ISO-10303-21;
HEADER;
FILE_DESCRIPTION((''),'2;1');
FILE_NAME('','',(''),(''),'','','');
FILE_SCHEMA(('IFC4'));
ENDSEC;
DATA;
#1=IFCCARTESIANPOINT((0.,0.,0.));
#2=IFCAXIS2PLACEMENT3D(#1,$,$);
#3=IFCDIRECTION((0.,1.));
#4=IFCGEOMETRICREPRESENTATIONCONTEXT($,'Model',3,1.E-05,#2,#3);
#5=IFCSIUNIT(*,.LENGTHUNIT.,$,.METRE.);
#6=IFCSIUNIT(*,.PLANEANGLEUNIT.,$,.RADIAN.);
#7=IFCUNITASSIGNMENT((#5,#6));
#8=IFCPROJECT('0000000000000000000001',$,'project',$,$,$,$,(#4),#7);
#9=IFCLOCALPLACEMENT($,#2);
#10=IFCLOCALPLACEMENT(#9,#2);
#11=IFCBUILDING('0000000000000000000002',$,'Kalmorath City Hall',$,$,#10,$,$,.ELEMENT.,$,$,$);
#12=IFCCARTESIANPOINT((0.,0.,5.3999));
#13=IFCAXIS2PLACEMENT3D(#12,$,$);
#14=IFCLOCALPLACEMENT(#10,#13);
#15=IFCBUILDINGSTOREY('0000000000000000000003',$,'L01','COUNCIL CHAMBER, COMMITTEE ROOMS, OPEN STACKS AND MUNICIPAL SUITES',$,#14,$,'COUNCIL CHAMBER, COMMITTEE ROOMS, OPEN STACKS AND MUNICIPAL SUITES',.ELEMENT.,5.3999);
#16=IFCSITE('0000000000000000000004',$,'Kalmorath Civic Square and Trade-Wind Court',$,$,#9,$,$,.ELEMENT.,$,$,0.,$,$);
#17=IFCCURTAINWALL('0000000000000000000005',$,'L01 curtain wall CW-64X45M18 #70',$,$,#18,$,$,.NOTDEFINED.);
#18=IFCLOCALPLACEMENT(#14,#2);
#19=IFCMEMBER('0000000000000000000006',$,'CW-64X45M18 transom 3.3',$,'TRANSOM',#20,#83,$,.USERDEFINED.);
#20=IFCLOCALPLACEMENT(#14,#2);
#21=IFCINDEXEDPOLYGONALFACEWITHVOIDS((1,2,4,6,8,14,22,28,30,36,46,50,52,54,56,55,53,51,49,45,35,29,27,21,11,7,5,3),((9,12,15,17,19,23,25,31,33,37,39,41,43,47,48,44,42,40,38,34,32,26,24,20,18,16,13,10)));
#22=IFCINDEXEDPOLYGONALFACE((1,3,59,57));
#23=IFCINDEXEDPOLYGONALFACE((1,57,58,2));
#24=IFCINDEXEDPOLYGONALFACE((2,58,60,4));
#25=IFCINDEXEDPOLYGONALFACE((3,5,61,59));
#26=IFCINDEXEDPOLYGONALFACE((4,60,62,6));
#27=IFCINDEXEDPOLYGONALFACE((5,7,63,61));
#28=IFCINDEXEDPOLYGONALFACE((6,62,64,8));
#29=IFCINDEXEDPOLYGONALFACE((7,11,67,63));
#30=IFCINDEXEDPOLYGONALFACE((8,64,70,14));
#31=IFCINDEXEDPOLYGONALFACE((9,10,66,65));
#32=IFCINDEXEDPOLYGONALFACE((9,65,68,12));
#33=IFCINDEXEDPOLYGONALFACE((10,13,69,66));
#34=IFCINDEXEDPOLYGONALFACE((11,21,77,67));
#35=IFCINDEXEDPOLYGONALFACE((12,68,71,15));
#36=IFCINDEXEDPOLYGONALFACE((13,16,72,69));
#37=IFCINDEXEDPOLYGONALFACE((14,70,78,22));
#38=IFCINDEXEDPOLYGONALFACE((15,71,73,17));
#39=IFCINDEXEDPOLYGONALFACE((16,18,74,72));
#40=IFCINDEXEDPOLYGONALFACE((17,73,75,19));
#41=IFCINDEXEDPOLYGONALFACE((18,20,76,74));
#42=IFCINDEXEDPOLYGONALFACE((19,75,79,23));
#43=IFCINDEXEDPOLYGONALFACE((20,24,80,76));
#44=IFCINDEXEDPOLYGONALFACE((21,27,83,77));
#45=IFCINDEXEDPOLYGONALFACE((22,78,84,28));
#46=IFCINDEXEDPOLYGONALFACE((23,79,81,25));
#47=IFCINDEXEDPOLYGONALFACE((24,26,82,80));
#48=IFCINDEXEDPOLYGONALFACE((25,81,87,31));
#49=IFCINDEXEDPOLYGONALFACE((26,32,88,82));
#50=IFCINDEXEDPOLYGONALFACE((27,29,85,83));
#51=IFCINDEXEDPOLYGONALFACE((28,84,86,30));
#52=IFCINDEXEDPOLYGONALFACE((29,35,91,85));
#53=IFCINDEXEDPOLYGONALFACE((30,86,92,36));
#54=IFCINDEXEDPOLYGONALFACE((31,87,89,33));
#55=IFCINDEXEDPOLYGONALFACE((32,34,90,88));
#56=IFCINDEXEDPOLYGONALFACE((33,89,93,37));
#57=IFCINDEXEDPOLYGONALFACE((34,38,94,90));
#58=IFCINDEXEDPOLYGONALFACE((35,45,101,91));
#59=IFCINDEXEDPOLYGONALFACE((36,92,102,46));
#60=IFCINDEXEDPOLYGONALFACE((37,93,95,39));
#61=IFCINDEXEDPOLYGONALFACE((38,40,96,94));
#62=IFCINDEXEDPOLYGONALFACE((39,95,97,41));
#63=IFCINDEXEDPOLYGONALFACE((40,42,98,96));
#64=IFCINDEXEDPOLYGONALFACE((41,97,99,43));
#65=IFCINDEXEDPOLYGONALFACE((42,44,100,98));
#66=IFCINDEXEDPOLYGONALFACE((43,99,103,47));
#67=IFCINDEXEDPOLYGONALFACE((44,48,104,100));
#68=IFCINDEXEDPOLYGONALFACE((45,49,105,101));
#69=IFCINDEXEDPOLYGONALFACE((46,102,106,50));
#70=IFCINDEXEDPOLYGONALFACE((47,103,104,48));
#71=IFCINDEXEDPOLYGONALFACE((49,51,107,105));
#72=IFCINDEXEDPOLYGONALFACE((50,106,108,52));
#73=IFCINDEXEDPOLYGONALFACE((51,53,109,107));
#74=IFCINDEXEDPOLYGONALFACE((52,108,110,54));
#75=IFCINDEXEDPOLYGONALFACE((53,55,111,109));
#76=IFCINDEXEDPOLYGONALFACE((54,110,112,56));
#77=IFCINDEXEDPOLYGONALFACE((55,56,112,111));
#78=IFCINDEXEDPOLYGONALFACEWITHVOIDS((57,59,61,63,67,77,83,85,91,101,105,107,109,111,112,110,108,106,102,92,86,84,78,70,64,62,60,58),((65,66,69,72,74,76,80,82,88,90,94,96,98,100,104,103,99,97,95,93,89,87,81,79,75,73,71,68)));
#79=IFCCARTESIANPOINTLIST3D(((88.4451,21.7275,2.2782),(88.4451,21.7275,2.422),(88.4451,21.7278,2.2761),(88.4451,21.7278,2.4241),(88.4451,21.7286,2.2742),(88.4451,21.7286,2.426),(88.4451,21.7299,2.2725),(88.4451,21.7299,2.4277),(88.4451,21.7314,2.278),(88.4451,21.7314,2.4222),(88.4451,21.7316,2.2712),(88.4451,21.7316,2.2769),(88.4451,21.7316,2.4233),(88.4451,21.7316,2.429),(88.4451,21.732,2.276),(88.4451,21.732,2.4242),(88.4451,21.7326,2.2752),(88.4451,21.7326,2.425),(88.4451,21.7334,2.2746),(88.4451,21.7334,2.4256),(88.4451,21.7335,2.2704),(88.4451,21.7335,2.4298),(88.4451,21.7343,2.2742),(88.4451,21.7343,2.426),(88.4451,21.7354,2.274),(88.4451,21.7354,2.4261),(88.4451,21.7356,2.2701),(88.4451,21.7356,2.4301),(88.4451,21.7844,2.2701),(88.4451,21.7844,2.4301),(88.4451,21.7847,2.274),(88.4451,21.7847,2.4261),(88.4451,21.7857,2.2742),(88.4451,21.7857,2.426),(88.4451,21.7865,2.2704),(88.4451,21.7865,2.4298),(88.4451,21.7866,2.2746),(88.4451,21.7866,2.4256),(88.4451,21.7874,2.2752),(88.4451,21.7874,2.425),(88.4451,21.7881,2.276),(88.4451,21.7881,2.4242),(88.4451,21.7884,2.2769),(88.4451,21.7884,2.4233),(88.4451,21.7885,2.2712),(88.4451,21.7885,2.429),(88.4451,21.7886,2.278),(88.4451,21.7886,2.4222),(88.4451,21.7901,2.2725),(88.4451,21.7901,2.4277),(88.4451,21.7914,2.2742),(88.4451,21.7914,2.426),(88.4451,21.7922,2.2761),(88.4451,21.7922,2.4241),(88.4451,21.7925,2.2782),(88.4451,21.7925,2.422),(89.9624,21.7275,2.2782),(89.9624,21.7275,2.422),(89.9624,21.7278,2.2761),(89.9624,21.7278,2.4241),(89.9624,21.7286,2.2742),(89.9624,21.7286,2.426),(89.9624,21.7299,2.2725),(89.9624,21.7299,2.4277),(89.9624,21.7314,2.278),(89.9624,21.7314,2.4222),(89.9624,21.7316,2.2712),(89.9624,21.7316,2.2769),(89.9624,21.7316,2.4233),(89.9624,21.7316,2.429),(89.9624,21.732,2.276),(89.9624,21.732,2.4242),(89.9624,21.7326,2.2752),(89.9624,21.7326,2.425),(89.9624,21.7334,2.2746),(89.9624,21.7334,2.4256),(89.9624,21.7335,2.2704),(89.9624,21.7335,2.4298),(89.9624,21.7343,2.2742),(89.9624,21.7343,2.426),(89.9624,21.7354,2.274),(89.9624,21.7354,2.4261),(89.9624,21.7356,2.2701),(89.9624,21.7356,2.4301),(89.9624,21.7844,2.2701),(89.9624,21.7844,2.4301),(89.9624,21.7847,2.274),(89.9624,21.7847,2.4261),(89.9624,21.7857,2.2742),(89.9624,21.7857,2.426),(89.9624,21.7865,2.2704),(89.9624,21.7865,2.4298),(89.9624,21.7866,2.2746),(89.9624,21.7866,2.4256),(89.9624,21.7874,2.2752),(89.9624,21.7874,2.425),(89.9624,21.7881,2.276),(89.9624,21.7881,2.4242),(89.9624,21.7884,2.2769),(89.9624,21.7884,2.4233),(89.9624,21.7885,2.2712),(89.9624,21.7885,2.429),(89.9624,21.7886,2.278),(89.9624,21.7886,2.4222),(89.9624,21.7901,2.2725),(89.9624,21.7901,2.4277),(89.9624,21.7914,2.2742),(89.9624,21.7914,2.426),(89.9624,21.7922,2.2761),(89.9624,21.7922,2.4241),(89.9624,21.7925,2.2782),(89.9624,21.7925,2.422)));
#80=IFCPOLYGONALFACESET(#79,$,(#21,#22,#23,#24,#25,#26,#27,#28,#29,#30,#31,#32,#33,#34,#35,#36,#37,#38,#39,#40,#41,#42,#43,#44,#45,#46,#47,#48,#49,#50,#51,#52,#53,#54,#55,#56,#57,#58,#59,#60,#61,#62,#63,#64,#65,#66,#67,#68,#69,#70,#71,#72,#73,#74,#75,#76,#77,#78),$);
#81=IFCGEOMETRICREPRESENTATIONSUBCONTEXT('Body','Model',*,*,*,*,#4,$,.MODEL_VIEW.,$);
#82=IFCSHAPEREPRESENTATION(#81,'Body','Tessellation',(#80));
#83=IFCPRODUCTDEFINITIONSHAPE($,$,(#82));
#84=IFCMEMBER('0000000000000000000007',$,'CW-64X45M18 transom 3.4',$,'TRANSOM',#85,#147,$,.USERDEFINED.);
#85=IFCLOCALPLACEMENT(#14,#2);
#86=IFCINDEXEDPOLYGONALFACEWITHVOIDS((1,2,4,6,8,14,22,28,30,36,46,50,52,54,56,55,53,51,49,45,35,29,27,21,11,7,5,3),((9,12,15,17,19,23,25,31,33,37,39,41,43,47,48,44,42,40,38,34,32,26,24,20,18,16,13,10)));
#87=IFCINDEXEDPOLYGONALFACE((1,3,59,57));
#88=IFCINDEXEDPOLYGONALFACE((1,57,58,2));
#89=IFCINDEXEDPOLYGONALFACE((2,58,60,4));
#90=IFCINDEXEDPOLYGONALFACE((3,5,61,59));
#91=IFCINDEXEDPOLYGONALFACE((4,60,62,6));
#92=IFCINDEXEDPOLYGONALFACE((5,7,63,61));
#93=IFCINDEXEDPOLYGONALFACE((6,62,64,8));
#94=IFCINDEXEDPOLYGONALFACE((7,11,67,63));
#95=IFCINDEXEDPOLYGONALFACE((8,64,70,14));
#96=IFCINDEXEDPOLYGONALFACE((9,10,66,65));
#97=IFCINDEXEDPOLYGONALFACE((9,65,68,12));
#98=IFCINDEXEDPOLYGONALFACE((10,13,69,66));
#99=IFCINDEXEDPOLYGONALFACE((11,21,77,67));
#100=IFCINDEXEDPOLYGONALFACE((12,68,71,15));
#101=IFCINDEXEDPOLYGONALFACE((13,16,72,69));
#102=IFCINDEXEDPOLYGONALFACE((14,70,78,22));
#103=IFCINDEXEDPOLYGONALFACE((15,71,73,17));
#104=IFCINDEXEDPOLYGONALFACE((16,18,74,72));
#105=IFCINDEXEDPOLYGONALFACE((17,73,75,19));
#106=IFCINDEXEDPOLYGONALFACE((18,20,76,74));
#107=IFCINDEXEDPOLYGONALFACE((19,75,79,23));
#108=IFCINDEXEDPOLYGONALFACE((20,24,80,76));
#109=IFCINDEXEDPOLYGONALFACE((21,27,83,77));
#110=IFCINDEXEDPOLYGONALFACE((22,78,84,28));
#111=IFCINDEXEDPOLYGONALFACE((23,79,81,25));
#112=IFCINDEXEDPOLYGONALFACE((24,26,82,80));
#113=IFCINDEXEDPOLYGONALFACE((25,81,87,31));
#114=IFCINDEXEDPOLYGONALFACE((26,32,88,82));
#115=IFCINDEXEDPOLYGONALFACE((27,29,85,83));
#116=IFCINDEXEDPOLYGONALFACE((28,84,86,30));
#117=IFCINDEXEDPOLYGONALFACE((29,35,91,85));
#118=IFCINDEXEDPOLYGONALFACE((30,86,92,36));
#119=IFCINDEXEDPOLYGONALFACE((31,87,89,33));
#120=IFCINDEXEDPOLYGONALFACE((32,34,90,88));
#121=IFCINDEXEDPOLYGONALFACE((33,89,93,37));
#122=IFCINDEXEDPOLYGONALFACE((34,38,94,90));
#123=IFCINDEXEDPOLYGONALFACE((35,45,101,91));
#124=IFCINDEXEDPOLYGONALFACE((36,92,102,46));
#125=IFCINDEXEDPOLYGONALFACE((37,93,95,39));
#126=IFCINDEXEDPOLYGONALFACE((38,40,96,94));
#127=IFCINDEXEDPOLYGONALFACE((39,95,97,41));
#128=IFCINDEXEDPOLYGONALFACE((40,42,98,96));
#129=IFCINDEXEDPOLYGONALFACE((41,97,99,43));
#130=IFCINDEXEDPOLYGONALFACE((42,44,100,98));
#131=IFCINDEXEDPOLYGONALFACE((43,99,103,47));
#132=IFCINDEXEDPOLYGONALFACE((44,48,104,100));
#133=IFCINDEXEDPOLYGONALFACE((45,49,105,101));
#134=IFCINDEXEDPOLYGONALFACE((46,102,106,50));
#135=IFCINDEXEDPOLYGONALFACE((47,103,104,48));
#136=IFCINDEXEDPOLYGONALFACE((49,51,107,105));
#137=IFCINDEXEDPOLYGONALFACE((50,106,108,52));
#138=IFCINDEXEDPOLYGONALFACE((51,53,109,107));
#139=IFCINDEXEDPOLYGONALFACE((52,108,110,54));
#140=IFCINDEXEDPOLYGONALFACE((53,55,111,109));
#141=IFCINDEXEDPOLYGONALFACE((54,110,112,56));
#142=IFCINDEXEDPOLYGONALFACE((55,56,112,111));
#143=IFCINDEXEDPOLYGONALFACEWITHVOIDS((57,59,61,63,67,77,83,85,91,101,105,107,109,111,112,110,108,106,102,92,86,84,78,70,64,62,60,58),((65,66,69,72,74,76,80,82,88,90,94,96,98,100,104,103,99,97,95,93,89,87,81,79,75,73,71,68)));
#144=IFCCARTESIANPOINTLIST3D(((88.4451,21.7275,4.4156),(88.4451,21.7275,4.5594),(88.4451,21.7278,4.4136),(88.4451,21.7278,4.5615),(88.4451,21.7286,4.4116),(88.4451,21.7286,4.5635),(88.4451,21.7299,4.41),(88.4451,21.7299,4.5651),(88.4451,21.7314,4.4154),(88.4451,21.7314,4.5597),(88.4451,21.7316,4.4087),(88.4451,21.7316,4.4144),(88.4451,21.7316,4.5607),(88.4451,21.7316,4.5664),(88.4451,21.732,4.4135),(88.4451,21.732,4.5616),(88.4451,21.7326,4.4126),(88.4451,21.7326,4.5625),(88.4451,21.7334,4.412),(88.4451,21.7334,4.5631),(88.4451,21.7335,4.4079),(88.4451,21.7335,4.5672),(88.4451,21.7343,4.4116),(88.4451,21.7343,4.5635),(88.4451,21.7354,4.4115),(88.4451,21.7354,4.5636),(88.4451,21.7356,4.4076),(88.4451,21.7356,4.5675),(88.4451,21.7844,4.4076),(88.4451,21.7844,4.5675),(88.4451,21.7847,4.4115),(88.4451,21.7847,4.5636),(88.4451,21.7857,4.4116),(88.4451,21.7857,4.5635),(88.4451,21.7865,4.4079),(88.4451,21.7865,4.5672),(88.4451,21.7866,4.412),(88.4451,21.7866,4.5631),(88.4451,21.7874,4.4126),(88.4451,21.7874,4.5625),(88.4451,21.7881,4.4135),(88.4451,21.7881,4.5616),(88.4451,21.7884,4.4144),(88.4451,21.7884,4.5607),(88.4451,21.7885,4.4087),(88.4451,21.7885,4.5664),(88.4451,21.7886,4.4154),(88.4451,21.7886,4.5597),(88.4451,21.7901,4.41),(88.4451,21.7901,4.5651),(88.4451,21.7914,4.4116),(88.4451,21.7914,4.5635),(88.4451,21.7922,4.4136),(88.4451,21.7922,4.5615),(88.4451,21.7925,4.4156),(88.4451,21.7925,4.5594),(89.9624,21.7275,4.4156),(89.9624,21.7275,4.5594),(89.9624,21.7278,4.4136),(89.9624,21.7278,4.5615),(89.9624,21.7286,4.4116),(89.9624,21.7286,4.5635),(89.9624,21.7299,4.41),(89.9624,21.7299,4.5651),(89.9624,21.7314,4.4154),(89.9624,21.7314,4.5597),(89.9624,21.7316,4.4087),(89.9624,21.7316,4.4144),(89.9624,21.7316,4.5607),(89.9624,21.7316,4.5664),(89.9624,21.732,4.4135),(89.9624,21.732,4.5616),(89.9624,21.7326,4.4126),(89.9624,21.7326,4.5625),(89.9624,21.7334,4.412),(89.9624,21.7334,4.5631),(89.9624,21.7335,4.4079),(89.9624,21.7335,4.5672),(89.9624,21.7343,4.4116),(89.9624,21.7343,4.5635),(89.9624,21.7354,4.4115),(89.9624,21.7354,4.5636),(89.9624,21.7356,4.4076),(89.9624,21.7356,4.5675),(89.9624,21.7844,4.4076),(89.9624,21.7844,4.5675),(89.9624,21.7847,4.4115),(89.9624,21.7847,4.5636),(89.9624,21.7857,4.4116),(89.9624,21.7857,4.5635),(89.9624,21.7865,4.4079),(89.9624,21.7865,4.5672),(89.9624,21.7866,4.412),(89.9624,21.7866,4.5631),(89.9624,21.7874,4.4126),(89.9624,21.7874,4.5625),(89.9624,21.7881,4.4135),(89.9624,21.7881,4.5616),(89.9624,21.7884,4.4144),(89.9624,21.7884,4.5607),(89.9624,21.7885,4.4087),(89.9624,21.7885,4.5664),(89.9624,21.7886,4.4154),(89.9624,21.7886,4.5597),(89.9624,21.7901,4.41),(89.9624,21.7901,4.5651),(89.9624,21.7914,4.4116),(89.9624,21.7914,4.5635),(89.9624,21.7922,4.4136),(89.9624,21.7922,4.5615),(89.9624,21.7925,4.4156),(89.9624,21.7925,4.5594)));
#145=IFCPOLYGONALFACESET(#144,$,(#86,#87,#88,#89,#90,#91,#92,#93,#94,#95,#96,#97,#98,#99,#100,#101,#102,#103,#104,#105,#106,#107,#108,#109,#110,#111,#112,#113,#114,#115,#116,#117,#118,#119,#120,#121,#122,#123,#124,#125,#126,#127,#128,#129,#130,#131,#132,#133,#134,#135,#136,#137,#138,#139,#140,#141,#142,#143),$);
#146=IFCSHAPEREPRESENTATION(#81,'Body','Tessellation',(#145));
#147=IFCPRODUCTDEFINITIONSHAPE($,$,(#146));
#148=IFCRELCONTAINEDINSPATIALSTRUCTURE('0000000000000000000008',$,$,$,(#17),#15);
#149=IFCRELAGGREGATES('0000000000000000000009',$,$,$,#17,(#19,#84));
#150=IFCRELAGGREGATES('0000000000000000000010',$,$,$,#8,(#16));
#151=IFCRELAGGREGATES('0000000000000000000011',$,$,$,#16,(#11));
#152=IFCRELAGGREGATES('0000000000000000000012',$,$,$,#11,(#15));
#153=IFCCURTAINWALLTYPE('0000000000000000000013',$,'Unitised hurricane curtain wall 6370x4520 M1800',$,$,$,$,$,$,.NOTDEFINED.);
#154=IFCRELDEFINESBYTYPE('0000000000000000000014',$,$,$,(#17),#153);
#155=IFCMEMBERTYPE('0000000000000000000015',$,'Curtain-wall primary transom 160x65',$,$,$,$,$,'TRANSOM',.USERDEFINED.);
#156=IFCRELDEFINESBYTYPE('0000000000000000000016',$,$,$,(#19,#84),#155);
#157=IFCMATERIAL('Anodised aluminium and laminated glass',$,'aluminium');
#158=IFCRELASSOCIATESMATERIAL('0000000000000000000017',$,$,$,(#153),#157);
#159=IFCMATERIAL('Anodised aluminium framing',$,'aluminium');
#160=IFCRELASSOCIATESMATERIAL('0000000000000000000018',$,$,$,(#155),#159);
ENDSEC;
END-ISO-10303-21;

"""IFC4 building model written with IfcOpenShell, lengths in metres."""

from ifc_helpers import new_model, si_unit, direction, frame, origin, origin_2d, place, context, subcontext, project, spatial, hollow_rectangle, extrude, material, material_profile, profile_set, type_object, element, aggregate, save


model = new_model("IFC4")

# Units and contexts
model_context = context("Model", 3, precision=1e-05, world=origin(), true_north=direction((0.0, 1.0)))
body_context = subcontext(model_context, "Body", "Model", "MODEL_VIEW")
ifc_project = project(units=[si_unit("LENGTHUNIT", "METRE"), si_unit("PLANEANGLEUNIT", "RADIAN")], contexts=[model_context])

# Site, building, storey
site_placement = place(None, origin())
site = spatial("IfcSite", under=ifc_project, at=site_placement, Name="Kalmorath Civic Square and Trade-Wind Court", CompositionType="ELEMENT", RefElevation=0.0)
building_placement = place(site_placement, origin())
building = spatial("IfcBuilding", under=site, at=building_placement, Name="Kalmorath City Hall", CompositionType="ELEMENT")
storey_placement = place(building_placement, frame((0.0, 0.0, 5.3999)))
storey = spatial("IfcBuildingStorey", under=building, at=storey_placement, Name="L01", Description="COUNCIL CHAMBER, COMMITTEE ROOMS, OPEN STACKS AND MUNICIPAL SUITES", LongName="COUNCIL CHAMBER, COMMITTEE ROOMS, OPEN STACKS AND MUNICIPAL SUITES", CompositionType="ELEMENT", Elevation=5.3999)

# Curtain wall, members
ifc_material_1 = material(Name="Anodised aluminium and laminated glass", Category="aluminium")
curtain_wall_type = type_object("IfcCurtainWallType", Name="Unitised hurricane curtain wall 6370x4520 M1800", PredefinedType="NOTDEFINED", material=ifc_material_1)
curtain_wall_placement = place(storey_placement, origin())
curtain_wall = element("IfcCurtainWall", 1, at=curtain_wall_placement, inside=storey, type_object=curtain_wall_type, Name="L01 curtain wall CW-64X45M18 #70", PredefinedType="NOTDEFINED")
ifc_material_2 = material(Name="Anodised aluminium framing", Category="aluminium")
ifc_material_profile_1 = material_profile(ifc_material_2, hollow_rectangle(XDim=0.0649, YDim=0.1599, WallThickness=0.0039, InnerFilletRadius=0.0039, OuterFilletRadius=0.0081, at=origin_2d()), Name="ALU-TRN-160X65X4")
ifc_profile_set_1 = profile_set([ifc_material_profile_1], Name="Anodised aluminium framing")
member_type_1 = type_object("IfcMemberType", Name="Curtain-wall primary transom 160x65", ElementType="TRANSOM", PredefinedType="USERDEFINED", material=ifc_profile_set_1)
member_1_placement = place(storey_placement, frame((89.9624, 21.76, 2.3501), z_axis=(-1.0, 0.0, 0.0), x_axis=(0.0, -1.0, 0.0)))
member_1 = element("IfcMember", 2, at=member_1_placement, type_object=member_type_1, Name="CW-64X45M18 transom 3.3", ObjectType="TRANSOM", PredefinedType="USERDEFINED", context=body_context, shape_type="SweptSolid", body=[
    extrude(hollow_rectangle(XDim=0.0649, YDim=0.1599, WallThickness=0.0039, InnerFilletRadius=0.0039, OuterFilletRadius=0.0081, at=origin_2d()), origin(), (0.0, 0.0, 1.0), 1.5173),
])
member_2_placement = place(storey_placement, frame((89.9624, 21.76, 4.4875), z_axis=(-1.0, 0.0, 0.0), x_axis=(0.0, -1.0, 0.0)))
member_2 = element("IfcMember", 3, at=member_2_placement, type_object=member_type_1, Name="CW-64X45M18 transom 3.4", ObjectType="TRANSOM", PredefinedType="USERDEFINED", context=body_context, shape_type="SweptSolid", body=[
    extrude(hollow_rectangle(XDim=0.0649, YDim=0.1599, WallThickness=0.0039, InnerFilletRadius=0.0039, OuterFilletRadius=0.0081, at=origin_2d()), origin(), (0.0, 0.0, 1.0), 1.5173),
])

aggregate(curtain_wall, [member_1, member_2])

save(model, "model.ifc")
